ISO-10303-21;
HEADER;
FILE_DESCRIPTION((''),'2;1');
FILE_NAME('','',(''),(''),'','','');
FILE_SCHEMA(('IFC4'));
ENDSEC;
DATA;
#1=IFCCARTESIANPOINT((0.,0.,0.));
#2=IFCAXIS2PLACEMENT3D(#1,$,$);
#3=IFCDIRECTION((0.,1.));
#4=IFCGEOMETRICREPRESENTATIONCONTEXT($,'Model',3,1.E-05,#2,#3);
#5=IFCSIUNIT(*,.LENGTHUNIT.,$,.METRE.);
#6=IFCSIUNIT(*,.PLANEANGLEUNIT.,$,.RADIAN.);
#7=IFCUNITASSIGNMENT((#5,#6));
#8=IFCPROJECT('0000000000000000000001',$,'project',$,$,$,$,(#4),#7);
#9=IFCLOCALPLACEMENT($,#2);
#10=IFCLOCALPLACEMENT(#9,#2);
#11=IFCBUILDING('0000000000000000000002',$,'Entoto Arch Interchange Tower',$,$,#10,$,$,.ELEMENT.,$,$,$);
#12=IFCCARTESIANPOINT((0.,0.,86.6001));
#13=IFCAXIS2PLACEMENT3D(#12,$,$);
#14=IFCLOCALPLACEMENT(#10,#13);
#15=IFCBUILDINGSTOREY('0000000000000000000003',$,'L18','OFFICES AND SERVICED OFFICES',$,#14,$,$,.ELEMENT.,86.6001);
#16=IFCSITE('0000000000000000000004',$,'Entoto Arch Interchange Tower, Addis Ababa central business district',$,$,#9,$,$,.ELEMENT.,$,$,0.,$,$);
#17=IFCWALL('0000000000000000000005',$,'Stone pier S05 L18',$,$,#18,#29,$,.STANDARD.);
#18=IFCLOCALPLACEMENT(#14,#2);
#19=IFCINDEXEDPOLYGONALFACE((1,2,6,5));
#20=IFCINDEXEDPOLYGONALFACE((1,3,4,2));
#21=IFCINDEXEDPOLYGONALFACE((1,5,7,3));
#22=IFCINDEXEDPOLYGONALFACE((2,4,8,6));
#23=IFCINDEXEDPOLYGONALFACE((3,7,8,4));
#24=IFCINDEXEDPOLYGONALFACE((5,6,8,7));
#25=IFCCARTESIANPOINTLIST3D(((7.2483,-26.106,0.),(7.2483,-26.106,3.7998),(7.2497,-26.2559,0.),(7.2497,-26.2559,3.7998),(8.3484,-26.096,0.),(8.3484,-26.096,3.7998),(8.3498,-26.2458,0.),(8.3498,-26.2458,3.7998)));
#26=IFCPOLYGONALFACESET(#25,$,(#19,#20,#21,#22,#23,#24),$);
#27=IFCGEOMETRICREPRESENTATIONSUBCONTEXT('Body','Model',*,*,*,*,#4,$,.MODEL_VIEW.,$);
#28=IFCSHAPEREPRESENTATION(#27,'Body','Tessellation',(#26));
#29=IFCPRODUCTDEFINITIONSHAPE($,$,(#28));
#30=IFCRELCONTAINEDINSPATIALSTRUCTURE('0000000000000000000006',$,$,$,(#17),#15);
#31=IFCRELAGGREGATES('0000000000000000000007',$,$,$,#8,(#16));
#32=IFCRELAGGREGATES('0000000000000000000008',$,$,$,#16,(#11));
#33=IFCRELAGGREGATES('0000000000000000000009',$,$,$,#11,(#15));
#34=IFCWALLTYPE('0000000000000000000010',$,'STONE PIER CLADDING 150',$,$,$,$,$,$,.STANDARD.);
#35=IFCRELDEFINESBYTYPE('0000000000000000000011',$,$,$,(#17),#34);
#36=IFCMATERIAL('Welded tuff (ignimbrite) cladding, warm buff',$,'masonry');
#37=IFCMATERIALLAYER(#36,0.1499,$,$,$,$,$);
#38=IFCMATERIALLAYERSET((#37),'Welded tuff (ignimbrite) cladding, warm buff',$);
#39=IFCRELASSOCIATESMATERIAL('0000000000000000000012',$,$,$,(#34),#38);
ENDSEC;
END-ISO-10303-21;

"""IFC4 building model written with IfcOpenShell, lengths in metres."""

from ifc_helpers import new_model, si_unit, direction, frame, frame_2d, origin, place, context, subcontext, project, spatial, rectangle, extrude, material, layer, layer_set, type_object, element, save


model = new_model("IFC4")

# Units and contexts
model_context = context("Model", 3, precision=1e-05, world=origin(), true_north=direction((0.0, 1.0)))
body_context = subcontext(model_context, "Body", "Model", "MODEL_VIEW")
ifc_project = project(units=[si_unit("LENGTHUNIT", "METRE"), si_unit("PLANEANGLEUNIT", "RADIAN")], contexts=[model_context])

# Site, building, storey
site_placement = place(None, origin())
site = spatial("IfcSite", under=ifc_project, at=site_placement, Name="Entoto Arch Interchange Tower, Addis Ababa central business district", CompositionType="ELEMENT", RefElevation=0.0)
building_placement = place(site_placement, origin())
building = spatial("IfcBuilding", under=site, at=building_placement, Name="Entoto Arch Interchange Tower", CompositionType="ELEMENT")
storey_placement = place(building_placement, frame((0.0, 0.0, 86.6001)))
storey = spatial("IfcBuildingStorey", under=building, at=storey_placement, Name="L18", Description="OFFICES AND SERVICED OFFICES", CompositionType="ELEMENT", Elevation=86.6001)

# Shared definitions
ifc_material_1 = material(Name="Welded tuff (ignimbrite) cladding, warm buff", Category="masonry")

# Wall
ifc_layer_1 = layer(ifc_material_1, 0.1499)
ifc_layer_set_1 = layer_set([ifc_layer_1], Name="Welded tuff (ignimbrite) cladding, warm buff")
wall_type_1 = type_object("IfcWallType", Name="STONE PIER CLADDING 150", PredefinedType="STANDARD", material=ifc_layer_set_1)
wall_1_placement = place(storey_placement, frame((7.249, -26.1809, 0.0), z_axis=(0.0, 0.0, 1.0), x_axis=(0.999959, 0.009099, 0.0)))
element("IfcWall", 1, at=wall_1_placement, inside=storey, type_object=wall_type_1, Name="Stone pier S05 L18", PredefinedType="STANDARD", context=body_context, shape_type="SweptSolid", body=[
    extrude(rectangle(XDim=1.1001, YDim=0.1499, at=frame_2d((0.55, 0.0))), origin(), (0.0, 0.0, 1.0), 3.7998),
])

save(model, "model.ifc")
